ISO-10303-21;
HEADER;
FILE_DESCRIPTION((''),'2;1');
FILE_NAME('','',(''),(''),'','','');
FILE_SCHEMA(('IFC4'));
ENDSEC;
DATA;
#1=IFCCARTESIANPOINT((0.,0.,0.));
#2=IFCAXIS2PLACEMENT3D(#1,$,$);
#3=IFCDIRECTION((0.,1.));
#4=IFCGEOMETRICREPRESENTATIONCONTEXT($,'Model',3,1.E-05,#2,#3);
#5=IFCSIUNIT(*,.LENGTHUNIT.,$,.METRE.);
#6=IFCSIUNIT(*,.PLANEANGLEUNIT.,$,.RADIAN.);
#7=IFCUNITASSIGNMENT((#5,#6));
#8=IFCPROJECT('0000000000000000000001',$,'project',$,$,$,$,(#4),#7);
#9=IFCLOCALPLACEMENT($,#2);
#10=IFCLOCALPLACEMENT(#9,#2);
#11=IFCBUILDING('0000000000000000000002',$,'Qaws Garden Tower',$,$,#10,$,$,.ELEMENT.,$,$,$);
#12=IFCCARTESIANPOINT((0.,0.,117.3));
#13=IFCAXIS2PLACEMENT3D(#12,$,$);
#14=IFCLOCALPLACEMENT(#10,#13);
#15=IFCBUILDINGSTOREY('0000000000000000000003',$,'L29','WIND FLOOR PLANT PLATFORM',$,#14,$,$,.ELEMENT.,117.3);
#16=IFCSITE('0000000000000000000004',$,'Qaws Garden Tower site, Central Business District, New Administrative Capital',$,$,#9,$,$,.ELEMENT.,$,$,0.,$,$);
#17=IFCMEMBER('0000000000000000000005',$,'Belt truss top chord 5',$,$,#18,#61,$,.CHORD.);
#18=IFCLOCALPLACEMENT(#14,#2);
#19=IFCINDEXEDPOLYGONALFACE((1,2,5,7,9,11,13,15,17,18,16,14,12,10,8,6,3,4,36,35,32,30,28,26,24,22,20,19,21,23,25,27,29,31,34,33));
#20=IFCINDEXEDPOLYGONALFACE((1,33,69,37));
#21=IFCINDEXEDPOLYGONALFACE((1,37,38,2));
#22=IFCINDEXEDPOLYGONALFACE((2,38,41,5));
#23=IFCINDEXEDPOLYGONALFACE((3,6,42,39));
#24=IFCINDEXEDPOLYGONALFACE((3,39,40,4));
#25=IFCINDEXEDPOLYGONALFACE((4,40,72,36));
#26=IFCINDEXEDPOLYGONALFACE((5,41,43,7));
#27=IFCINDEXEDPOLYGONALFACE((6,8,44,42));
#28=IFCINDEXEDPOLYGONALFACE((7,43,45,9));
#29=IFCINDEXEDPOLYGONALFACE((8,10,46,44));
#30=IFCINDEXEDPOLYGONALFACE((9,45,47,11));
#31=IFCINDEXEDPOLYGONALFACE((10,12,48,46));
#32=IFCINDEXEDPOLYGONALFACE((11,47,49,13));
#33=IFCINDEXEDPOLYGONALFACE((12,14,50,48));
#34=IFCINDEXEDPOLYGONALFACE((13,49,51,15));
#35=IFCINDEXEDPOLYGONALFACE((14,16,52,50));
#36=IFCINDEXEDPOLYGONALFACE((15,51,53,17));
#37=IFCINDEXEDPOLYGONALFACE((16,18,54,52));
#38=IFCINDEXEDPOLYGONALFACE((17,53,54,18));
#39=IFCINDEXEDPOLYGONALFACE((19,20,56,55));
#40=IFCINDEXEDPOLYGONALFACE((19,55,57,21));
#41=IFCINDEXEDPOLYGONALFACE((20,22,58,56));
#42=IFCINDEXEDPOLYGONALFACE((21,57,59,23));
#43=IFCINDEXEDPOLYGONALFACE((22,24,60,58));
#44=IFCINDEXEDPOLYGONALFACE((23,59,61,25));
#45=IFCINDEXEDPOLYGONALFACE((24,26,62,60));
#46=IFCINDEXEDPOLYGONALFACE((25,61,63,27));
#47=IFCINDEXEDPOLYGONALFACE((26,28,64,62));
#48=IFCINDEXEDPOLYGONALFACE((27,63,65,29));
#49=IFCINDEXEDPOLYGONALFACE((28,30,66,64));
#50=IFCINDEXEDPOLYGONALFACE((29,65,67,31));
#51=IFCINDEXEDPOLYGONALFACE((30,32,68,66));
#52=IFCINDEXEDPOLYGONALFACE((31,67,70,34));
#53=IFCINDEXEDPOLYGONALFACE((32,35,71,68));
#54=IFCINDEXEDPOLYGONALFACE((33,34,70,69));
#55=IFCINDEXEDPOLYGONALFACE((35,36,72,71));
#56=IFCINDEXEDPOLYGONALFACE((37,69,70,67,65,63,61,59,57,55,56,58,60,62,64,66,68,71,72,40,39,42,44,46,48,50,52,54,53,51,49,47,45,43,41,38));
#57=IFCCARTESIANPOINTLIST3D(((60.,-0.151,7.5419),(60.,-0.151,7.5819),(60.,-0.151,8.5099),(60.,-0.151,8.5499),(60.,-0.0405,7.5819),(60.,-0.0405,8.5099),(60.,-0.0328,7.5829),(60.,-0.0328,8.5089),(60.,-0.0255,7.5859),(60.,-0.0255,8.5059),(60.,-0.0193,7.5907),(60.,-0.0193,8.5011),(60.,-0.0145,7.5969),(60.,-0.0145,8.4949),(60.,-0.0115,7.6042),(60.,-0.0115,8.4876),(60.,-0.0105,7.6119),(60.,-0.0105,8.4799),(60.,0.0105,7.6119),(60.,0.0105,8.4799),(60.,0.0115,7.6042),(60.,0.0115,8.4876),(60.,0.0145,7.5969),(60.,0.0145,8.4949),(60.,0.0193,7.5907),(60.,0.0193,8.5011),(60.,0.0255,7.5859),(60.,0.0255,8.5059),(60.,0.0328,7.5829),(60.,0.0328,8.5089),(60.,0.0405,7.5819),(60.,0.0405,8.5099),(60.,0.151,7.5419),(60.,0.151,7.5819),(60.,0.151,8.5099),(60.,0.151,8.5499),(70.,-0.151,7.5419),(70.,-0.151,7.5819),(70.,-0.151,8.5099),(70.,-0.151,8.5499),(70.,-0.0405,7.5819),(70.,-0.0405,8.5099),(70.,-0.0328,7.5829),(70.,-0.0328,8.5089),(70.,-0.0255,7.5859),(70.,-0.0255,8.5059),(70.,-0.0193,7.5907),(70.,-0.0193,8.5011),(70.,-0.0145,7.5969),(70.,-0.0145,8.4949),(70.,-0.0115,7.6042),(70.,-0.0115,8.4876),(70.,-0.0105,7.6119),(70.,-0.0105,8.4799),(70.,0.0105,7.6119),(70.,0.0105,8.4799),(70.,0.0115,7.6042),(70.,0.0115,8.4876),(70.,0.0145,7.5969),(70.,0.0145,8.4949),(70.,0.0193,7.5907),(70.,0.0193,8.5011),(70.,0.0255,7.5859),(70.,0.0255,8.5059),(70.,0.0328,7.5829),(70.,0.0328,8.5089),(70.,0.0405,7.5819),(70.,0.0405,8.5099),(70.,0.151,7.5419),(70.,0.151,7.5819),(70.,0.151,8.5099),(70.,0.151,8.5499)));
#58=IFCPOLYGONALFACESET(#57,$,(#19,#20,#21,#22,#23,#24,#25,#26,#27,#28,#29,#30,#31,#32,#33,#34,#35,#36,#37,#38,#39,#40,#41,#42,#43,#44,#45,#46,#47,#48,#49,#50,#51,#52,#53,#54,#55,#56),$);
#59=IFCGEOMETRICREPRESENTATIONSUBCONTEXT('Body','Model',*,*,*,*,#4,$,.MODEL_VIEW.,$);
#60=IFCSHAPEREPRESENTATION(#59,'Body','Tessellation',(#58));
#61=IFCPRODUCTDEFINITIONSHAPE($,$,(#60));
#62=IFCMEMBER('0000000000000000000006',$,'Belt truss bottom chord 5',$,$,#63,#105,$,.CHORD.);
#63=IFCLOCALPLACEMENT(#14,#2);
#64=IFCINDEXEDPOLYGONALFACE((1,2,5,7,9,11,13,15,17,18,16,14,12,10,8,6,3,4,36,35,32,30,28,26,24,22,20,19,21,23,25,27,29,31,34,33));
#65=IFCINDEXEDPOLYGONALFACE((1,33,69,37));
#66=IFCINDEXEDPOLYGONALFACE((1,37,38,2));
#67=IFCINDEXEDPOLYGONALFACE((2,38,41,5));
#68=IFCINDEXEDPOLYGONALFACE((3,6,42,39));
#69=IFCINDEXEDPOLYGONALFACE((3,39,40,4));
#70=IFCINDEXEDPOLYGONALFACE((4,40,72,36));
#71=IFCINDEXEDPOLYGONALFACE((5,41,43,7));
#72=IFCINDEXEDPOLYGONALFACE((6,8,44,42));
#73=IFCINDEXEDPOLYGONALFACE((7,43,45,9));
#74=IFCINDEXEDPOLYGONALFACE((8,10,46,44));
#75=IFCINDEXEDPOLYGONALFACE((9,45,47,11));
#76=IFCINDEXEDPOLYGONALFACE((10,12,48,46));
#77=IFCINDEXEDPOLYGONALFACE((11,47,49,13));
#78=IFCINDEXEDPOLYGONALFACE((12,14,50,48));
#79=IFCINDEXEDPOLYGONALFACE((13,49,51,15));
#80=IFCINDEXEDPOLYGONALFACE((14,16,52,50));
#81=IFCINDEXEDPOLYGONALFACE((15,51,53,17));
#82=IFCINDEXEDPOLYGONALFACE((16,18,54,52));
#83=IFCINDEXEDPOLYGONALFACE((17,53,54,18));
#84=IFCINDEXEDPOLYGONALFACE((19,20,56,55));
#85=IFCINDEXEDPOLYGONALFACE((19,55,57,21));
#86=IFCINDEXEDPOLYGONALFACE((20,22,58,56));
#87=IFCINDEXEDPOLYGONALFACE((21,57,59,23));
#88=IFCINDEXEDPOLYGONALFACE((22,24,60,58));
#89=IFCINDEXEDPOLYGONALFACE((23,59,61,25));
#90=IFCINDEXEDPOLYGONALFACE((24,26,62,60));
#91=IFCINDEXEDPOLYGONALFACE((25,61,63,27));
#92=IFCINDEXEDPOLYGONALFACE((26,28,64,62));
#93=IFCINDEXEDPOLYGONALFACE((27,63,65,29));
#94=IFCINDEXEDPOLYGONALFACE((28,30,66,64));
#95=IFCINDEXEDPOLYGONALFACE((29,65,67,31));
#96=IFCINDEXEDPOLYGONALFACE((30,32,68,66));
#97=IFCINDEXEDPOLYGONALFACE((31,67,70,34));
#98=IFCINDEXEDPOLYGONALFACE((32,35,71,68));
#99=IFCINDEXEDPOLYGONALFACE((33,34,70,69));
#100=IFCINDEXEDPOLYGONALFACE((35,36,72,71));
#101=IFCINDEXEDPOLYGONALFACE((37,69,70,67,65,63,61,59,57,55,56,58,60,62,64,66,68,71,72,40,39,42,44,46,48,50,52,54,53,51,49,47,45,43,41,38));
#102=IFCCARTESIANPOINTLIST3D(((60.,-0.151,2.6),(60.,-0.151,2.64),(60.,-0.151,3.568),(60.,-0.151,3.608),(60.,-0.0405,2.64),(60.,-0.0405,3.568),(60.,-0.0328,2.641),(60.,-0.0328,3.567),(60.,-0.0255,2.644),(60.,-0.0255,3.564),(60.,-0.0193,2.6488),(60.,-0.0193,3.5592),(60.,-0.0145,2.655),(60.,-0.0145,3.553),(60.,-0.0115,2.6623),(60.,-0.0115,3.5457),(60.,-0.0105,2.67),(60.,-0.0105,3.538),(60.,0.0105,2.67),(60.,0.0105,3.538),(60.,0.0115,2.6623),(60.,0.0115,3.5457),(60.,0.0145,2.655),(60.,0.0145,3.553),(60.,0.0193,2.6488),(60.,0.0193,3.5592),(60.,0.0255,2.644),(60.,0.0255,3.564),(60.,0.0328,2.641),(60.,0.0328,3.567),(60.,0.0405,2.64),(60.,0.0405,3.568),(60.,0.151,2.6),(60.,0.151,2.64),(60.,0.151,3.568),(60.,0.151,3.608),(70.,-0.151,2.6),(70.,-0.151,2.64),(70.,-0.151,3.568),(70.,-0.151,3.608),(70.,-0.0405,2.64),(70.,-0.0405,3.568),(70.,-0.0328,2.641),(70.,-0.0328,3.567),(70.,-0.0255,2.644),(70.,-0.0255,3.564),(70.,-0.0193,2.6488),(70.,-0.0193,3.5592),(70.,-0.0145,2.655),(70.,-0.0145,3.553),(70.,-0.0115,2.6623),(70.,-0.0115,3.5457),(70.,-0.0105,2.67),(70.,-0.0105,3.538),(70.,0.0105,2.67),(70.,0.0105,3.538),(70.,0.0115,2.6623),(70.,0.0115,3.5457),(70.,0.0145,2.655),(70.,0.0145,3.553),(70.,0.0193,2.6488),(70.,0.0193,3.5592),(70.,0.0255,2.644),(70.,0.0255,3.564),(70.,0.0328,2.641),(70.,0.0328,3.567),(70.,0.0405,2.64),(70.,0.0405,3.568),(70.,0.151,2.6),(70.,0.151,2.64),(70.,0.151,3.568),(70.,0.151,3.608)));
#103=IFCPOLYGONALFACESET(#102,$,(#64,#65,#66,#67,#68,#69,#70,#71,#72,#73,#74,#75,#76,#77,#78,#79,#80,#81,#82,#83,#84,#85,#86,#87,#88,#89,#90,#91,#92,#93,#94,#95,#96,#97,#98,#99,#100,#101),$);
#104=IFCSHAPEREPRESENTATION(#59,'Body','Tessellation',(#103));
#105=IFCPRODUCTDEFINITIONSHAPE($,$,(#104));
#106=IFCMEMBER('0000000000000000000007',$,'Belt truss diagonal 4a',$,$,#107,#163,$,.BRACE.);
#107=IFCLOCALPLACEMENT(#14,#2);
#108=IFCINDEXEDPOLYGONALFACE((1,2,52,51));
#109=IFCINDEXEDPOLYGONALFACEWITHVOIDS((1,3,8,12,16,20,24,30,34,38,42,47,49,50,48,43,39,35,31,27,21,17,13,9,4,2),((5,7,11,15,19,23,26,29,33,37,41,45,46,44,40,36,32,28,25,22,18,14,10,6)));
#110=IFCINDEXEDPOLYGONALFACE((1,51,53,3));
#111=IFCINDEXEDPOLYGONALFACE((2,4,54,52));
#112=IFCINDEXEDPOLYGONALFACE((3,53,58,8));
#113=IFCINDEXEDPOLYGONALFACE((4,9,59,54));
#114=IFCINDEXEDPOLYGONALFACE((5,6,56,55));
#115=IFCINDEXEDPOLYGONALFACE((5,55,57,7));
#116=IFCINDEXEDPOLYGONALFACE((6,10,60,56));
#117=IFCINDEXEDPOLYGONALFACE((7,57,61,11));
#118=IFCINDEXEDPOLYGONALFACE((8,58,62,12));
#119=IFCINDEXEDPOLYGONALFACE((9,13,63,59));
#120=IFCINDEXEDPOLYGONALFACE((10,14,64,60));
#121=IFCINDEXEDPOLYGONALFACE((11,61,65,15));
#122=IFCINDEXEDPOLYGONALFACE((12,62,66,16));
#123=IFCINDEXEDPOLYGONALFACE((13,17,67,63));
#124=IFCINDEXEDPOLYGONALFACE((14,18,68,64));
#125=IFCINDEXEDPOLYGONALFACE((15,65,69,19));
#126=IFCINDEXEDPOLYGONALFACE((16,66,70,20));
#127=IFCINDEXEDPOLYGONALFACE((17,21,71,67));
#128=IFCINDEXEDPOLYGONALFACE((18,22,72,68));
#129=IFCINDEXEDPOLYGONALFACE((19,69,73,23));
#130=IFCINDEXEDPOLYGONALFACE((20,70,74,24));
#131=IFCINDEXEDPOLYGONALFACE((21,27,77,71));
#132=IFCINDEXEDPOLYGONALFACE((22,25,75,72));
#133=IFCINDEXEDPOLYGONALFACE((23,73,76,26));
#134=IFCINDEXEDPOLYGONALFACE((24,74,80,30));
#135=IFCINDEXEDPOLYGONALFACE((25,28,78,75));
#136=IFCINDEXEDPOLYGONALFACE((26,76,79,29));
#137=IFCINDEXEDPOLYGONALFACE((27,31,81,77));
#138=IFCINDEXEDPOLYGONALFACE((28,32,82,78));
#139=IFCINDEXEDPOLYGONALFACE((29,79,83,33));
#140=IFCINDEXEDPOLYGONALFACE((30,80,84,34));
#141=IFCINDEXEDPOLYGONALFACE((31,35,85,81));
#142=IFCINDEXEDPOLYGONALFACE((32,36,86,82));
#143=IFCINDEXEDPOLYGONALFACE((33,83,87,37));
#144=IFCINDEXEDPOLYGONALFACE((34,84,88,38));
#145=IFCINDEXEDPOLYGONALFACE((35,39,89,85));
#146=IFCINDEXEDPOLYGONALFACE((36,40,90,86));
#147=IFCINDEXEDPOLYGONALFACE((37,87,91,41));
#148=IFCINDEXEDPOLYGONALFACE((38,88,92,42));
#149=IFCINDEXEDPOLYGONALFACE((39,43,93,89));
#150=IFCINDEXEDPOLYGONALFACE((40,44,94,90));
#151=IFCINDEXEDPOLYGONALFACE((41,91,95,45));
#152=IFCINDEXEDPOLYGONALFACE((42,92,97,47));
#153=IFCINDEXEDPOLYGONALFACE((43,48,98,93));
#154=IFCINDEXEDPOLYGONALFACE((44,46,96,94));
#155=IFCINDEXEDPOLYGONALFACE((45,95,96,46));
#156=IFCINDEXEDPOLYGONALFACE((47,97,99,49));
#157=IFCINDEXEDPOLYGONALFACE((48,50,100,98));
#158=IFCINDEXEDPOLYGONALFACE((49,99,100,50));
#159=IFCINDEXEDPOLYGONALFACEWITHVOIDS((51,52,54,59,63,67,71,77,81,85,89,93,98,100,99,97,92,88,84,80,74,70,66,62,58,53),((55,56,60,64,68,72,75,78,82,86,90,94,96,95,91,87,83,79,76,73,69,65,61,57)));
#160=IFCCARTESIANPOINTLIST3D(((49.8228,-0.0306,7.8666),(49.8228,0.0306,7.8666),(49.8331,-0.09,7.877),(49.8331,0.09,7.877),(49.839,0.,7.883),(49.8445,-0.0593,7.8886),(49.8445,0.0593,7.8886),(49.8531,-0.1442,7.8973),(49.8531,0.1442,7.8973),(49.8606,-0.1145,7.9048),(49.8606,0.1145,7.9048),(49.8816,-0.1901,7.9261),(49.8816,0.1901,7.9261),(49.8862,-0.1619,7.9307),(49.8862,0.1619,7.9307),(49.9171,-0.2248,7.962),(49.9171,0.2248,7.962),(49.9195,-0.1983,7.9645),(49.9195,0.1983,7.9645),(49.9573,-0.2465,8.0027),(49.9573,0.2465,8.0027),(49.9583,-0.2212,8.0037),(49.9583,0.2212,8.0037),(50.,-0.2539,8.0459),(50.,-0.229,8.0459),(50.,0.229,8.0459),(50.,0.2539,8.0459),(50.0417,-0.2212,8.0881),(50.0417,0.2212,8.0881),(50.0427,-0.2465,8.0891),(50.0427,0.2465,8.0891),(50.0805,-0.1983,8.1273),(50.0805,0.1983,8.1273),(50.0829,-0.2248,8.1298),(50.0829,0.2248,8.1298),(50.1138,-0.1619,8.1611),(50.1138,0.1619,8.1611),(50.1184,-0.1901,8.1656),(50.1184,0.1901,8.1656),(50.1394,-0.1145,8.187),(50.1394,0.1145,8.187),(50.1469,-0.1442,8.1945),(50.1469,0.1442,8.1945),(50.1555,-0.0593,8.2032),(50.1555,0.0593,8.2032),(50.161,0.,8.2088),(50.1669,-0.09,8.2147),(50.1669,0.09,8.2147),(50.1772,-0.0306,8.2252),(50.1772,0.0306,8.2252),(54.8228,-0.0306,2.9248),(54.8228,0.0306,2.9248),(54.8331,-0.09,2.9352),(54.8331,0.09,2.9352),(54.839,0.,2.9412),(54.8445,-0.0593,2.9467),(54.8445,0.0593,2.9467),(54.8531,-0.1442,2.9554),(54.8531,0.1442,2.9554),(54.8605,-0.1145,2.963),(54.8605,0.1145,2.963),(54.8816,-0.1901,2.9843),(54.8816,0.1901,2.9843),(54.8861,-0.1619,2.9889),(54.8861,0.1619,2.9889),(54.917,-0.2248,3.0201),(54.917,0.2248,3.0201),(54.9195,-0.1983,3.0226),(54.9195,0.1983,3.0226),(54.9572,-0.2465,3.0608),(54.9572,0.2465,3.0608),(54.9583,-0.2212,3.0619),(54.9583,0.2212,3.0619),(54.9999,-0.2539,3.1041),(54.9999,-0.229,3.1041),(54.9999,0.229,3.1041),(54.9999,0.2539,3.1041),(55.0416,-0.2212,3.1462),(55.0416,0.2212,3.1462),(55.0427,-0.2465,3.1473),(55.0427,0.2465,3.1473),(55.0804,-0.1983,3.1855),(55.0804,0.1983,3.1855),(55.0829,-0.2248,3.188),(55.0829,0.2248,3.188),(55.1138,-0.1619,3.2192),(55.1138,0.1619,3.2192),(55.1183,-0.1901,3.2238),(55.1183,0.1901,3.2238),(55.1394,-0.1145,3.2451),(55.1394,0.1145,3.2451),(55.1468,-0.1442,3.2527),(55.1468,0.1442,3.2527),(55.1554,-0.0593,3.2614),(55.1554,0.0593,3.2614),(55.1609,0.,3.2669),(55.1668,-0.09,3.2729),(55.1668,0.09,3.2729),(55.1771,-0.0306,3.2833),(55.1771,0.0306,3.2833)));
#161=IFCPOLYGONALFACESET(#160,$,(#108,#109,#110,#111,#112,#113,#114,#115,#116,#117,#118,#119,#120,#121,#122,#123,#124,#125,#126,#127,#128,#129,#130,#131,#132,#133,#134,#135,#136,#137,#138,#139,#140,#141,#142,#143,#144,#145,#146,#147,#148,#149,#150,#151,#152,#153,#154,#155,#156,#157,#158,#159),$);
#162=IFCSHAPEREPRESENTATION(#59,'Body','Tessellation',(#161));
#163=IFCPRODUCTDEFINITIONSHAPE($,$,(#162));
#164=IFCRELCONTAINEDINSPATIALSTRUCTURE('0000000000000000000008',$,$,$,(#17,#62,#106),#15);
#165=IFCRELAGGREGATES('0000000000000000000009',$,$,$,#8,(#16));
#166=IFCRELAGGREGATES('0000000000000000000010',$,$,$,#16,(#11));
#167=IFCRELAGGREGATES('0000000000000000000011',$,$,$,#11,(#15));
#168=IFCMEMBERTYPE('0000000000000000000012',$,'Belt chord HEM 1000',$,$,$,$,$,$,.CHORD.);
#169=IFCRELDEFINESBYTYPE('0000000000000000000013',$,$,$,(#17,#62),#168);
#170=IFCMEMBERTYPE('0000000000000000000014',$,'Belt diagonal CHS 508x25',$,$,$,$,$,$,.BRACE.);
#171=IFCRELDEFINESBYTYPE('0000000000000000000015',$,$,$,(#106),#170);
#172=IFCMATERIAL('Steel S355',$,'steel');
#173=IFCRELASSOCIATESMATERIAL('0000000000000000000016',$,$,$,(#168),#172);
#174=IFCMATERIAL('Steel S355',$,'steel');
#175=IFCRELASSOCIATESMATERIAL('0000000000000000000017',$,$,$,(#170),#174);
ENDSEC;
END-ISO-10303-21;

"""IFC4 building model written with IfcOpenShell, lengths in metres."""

from ifc_helpers import new_model, si_unit, direction, frame, origin, origin_2d, place, context, subcontext, project, spatial, hollow_circle, i_section, extrude, material, material_profile, profile_set, type_object, element, save


model = new_model("IFC4")

# Units and contexts
model_context = context("Model", 3, precision=1e-05, world=origin(), true_north=direction((0.0, 1.0)))
body_context = subcontext(model_context, "Body", "Model", "MODEL_VIEW")
ifc_project = project(units=[si_unit("LENGTHUNIT", "METRE"), si_unit("PLANEANGLEUNIT", "RADIAN")], contexts=[model_context])

# Site, building, storey
site_placement = place(None, origin())
site = spatial("IfcSite", under=ifc_project, at=site_placement, Name="Qaws Garden Tower site, Central Business District, New Administrative Capital", CompositionType="ELEMENT", RefElevation=0.0)
building_placement = place(site_placement, origin())
building = spatial("IfcBuilding", under=site, at=building_placement, Name="Qaws Garden Tower", CompositionType="ELEMENT")
storey_placement = place(building_placement, frame((0.0, 0.0, 117.3)))
storey = spatial("IfcBuildingStorey", under=building, at=storey_placement, Name="L29", Description="WIND FLOOR PLANT PLATFORM", CompositionType="ELEMENT", Elevation=117.3)

# Members
ifc_material_1 = material(Name="Steel S355", Category="steel")
ifc_material_profile_1 = material_profile(ifc_material_1, i_section(OverallWidth=0.302, OverallDepth=1.0081, WebThickness=0.021, FlangeThickness=0.04, FilletRadius=0.03, at=origin_2d()), Name="HEM 1000")
ifc_profile_set_1 = profile_set([ifc_material_profile_1], Name="Steel S355")
member_type_1 = type_object("IfcMemberType", Name="Belt chord HEM 1000", PredefinedType="CHORD", material=ifc_profile_set_1)
for number, where, z_axis, x_axis, name in (
    (1, (60.0, 0.0, 8.0459), (1.0, 0.0, 0.0), (0.0, 1.0, 0.0), "Belt truss top chord 5"),
    (2, (60.0, 0.0, 3.104), (1.0, 0.0, 0.0), (0.0, 1.0, 0.0), "Belt truss bottom chord 5"),
):
    element("IfcMember", number, at=place(storey_placement, frame(where, z_axis=z_axis, x_axis=x_axis)), inside=storey, type_object=member_type_1, Name=name, PredefinedType="CHORD", context=body_context, shape_type="SweptSolid", body=[
        extrude(i_section(OverallWidth=0.302, OverallDepth=1.0081, WebThickness=0.021, FlangeThickness=0.04, FilletRadius=0.03, at=origin_2d()), origin(), (0.0, 0.0, 1.0), 10.0),
    ])
ifc_material_2 = material(Name="Steel S355", Category="steel")
ifc_material_profile_2 = material_profile(ifc_material_2, hollow_circle(Radius=0.2539, WallThickness=0.0249, at=origin_2d()), Name="CHS 508x25")
ifc_profile_set_2 = profile_set([ifc_material_profile_2], Name="Steel S355")
member_type_2 = type_object("IfcMemberType", Name="Belt diagonal CHS 508x25", PredefinedType="BRACE", material=ifc_profile_set_2)
for number, where, z_axis, x_axis, name in (
    (3, (50.0, 0.0, 8.0459), (0.711227, 0.0, -0.702962), (0.0, 1.0, 0.0), "Belt truss diagonal 4a"),
):
    element("IfcMember", number, at=place(storey_placement, frame(where, z_axis=z_axis, x_axis=x_axis)), inside=storey, type_object=member_type_2, Name=name, PredefinedType="BRACE", context=body_context, shape_type="SweptSolid", body=[
        extrude(hollow_circle(Radius=0.2539, WallThickness=0.0249, at=origin_2d()), origin(), (0.0, 0.0, 1.0), 7.03),
    ])

save(model, "model.ifc")
